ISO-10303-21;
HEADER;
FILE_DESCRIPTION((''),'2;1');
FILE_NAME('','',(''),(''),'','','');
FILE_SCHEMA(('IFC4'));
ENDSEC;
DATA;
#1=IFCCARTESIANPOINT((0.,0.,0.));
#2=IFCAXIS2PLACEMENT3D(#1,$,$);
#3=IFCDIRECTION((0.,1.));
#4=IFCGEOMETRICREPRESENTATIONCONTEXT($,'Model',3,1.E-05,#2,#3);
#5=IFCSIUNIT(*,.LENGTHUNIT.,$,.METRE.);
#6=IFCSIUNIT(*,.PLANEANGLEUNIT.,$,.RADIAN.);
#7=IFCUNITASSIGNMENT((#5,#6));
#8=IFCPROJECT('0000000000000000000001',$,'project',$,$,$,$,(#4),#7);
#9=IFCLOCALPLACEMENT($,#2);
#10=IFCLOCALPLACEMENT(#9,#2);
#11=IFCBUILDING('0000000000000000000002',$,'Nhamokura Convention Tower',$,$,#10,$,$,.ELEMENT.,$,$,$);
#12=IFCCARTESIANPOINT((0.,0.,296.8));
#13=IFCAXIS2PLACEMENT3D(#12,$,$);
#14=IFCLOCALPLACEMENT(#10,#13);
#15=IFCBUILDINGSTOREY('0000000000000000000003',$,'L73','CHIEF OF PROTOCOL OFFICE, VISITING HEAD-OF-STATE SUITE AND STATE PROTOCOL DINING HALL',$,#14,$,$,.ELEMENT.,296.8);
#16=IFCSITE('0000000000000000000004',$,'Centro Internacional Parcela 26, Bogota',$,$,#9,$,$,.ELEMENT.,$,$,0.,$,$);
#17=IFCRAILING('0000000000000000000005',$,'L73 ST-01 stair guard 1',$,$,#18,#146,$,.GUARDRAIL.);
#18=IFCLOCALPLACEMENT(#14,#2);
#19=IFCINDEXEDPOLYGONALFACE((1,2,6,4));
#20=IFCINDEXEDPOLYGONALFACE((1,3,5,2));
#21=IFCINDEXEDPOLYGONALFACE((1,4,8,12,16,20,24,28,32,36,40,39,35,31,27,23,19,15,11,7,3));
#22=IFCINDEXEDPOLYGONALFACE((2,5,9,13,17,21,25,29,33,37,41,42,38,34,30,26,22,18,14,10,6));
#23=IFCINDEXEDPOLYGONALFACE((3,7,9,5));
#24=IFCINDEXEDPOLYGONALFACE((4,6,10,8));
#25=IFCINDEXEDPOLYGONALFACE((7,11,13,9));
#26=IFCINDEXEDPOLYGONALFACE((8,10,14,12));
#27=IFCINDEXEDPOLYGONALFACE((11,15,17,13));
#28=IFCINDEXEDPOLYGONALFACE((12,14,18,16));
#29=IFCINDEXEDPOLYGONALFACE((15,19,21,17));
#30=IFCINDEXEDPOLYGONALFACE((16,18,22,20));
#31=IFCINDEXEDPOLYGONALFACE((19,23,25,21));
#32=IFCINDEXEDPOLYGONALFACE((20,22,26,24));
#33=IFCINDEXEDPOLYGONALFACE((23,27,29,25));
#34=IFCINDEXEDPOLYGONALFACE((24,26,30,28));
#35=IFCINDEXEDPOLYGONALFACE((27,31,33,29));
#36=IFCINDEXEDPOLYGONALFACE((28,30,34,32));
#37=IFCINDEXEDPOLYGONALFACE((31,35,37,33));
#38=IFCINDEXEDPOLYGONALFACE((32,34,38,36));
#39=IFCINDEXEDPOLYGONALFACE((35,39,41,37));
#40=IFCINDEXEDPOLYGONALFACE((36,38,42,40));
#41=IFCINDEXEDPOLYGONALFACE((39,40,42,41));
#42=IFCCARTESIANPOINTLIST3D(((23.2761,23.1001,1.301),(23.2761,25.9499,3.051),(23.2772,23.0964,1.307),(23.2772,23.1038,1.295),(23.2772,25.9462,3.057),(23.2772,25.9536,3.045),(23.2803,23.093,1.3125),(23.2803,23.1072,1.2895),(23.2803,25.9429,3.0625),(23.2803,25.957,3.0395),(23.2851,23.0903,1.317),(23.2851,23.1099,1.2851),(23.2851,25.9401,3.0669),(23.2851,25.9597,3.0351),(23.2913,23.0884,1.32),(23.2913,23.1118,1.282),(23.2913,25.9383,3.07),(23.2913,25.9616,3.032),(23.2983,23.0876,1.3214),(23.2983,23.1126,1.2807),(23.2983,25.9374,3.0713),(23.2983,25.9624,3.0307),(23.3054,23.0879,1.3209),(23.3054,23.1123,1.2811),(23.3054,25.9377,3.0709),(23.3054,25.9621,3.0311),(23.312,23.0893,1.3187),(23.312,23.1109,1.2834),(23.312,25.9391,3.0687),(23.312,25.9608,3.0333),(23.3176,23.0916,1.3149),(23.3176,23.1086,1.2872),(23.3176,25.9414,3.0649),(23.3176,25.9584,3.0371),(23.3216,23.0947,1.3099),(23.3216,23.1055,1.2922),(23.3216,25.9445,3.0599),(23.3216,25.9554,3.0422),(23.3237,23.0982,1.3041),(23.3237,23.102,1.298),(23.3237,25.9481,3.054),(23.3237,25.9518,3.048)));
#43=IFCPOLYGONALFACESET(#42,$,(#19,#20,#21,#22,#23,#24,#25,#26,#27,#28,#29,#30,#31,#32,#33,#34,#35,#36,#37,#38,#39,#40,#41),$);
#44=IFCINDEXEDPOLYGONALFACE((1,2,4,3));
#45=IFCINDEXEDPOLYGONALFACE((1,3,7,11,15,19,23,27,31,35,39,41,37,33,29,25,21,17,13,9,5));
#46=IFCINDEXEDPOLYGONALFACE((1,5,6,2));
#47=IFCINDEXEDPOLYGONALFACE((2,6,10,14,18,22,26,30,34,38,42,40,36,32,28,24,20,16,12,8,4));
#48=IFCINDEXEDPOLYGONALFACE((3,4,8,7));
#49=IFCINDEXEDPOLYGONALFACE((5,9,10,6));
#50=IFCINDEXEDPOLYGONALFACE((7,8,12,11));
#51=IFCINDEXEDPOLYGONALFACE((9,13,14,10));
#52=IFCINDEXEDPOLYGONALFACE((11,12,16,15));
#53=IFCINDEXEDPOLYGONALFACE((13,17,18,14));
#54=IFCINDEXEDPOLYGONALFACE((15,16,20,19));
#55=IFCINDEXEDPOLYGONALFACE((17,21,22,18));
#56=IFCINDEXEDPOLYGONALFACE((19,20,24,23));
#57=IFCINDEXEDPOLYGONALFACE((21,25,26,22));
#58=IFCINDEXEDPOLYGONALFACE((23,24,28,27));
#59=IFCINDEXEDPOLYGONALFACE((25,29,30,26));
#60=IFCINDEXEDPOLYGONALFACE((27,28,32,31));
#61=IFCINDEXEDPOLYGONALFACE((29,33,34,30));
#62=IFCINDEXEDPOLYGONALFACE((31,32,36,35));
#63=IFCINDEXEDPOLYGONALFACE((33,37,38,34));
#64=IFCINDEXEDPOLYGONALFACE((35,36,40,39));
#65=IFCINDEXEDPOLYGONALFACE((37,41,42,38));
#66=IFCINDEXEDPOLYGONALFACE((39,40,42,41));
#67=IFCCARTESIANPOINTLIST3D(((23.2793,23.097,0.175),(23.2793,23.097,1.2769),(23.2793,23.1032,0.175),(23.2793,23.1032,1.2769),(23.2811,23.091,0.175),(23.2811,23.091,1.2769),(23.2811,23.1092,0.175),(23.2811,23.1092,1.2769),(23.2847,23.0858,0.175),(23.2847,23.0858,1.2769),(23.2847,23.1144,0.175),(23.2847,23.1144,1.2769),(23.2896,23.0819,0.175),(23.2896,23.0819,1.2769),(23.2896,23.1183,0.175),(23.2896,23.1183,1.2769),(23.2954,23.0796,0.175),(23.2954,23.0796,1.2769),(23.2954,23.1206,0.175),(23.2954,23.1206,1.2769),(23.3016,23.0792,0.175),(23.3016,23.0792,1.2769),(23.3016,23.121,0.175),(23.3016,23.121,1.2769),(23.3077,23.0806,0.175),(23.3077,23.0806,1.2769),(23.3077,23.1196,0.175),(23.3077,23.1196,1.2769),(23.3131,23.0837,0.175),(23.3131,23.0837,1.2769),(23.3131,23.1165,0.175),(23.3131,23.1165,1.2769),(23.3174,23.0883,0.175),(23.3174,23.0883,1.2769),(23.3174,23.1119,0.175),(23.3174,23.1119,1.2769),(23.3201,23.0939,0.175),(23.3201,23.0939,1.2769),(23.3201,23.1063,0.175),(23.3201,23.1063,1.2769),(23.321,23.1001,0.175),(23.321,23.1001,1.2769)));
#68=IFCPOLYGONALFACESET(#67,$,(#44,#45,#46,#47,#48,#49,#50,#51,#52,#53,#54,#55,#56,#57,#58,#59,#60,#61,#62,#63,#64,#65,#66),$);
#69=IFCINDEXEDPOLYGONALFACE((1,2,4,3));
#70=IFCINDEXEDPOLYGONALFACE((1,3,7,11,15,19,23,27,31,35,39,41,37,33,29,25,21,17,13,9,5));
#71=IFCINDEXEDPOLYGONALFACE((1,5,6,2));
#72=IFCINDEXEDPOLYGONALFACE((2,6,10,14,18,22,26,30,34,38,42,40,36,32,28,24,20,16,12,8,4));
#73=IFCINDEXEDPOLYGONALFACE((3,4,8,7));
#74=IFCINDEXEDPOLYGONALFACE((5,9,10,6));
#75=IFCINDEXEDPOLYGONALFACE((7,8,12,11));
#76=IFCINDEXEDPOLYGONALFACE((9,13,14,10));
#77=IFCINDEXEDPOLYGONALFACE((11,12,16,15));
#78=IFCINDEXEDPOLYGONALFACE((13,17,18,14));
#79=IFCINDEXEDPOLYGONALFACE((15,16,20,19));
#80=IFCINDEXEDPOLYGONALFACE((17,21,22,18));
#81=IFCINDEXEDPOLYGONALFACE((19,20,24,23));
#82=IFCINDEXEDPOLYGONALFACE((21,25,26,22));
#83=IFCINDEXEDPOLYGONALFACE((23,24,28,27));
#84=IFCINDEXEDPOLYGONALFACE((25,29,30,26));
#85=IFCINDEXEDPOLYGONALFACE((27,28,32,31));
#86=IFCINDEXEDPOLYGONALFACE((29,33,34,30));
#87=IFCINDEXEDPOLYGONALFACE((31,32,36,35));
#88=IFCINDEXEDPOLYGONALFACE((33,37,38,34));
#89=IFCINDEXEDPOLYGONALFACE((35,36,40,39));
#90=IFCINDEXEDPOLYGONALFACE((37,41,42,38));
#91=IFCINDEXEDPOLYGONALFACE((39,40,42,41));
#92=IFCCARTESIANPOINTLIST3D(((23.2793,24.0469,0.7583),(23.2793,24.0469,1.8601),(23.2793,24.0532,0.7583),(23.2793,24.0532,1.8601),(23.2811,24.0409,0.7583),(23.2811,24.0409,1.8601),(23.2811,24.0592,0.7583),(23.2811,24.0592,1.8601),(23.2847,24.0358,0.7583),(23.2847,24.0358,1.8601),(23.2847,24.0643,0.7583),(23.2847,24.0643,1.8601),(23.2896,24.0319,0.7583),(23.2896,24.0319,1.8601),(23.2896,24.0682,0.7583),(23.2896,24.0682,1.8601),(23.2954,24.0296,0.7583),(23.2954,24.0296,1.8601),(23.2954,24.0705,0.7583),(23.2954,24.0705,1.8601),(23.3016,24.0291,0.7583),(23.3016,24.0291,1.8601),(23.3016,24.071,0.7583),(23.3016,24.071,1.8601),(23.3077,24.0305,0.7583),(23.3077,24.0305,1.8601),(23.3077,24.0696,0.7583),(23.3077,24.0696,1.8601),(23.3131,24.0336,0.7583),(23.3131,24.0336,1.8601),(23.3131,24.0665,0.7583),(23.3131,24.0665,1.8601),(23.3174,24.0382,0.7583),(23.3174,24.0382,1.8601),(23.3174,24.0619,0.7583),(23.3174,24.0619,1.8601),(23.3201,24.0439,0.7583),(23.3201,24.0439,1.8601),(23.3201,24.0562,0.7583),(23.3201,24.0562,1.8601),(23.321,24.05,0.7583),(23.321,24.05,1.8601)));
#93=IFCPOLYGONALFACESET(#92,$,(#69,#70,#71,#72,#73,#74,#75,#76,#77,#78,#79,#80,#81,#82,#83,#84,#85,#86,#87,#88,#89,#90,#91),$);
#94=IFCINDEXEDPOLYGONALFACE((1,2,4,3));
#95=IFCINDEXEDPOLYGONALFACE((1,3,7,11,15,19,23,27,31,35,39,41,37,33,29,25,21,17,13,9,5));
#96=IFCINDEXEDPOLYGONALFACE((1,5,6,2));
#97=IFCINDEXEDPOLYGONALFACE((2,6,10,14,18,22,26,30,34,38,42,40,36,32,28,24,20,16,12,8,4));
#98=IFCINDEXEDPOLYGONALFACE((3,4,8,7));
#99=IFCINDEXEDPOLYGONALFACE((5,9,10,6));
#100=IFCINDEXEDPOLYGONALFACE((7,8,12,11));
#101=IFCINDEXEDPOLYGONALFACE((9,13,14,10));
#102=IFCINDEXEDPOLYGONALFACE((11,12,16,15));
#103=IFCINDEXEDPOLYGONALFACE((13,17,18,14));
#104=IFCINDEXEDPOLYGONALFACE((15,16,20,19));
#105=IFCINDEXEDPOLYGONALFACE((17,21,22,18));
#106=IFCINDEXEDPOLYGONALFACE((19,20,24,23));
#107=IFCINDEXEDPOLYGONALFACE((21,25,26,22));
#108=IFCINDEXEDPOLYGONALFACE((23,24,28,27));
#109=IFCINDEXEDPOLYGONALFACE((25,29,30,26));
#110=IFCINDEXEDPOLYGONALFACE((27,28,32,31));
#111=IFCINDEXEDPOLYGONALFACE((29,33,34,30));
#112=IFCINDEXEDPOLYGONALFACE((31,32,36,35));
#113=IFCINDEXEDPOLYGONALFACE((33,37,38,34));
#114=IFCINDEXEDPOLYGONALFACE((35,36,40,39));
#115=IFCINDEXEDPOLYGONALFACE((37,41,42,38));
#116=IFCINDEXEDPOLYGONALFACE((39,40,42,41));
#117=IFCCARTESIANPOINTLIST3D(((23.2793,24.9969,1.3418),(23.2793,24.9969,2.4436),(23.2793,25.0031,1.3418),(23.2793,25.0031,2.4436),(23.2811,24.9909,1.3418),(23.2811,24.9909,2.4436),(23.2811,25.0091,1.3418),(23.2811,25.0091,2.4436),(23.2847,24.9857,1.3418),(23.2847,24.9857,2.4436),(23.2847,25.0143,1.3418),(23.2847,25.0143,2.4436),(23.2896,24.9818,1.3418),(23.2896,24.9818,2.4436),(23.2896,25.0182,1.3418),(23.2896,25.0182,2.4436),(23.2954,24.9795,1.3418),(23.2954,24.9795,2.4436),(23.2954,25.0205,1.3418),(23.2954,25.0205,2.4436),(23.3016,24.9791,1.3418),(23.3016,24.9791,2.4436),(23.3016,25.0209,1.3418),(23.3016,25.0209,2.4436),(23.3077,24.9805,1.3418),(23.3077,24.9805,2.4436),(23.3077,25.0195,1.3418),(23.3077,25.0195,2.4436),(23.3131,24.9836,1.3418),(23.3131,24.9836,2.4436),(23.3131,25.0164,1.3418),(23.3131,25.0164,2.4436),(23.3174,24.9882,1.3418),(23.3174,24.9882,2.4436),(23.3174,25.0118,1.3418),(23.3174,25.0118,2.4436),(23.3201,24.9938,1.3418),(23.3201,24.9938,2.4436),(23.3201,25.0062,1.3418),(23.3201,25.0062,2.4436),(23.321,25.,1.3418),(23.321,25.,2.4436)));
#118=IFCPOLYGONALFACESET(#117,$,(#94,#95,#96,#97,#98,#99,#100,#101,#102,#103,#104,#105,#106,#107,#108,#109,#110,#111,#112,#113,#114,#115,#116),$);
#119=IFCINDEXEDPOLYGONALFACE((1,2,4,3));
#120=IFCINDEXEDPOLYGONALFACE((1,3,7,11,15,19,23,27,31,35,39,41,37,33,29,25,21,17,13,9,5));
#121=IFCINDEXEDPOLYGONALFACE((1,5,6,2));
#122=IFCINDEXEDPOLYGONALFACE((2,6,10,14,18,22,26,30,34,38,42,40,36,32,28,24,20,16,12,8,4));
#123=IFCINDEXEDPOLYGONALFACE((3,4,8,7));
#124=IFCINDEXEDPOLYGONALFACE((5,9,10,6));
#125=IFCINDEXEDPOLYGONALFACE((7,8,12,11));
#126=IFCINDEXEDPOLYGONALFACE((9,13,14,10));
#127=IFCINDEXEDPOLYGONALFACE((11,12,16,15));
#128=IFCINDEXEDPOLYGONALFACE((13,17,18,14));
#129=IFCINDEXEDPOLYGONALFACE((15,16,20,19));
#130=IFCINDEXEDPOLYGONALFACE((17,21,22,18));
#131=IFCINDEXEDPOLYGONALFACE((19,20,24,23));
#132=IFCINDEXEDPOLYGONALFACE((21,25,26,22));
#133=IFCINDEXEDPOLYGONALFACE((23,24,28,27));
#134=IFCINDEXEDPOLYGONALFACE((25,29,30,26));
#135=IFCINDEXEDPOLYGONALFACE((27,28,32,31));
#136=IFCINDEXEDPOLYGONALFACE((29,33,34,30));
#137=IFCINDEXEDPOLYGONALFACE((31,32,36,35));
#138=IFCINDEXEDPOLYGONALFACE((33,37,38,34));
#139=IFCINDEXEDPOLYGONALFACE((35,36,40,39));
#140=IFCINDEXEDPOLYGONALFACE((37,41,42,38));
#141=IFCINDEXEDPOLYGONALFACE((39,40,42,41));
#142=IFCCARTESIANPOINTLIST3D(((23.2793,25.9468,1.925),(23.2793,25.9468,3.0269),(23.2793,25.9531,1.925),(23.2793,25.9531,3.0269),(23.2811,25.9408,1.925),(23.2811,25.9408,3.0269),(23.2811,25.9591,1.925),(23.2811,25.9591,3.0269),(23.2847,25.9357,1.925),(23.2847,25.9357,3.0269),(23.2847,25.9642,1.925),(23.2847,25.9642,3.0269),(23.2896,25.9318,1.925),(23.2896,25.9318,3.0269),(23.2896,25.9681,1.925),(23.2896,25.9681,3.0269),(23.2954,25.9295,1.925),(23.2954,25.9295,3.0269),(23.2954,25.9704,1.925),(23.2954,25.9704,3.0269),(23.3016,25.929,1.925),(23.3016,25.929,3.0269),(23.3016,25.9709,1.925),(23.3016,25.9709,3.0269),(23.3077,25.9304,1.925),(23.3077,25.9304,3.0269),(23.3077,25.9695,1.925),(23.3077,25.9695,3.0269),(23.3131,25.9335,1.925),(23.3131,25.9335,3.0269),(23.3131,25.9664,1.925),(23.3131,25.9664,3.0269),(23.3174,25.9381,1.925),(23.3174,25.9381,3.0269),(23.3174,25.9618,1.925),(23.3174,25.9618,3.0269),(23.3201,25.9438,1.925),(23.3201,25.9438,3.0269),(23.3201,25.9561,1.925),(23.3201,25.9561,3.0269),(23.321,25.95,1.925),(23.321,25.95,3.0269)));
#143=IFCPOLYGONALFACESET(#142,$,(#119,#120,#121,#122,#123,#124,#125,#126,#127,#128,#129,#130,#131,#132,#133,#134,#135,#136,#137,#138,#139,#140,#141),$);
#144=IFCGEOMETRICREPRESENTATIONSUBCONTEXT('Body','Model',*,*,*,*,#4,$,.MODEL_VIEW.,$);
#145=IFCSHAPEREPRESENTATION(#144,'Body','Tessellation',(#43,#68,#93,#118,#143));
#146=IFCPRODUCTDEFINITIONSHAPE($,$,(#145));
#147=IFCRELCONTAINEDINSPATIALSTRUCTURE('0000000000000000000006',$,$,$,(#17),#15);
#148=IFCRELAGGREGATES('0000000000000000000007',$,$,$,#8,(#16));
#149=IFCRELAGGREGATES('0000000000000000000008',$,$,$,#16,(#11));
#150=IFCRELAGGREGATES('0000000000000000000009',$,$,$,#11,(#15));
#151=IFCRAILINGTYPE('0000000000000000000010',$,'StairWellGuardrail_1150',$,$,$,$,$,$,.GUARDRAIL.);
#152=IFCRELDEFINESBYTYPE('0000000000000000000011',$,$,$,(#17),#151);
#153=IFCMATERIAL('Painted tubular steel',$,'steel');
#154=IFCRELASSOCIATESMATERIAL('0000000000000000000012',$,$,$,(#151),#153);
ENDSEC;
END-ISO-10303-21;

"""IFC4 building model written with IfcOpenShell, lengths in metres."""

from ifc_helpers import new_model, si_unit, direction, frame, origin, origin_2d, place, context, subcontext, project, spatial, circle, extrude, material, type_object, element, save


model = new_model("IFC4")

# Units and contexts
model_context = context("Model", 3, precision=1e-05, world=origin(), true_north=direction((0.0, 1.0)))
body_context = subcontext(model_context, "Body", "Model", "MODEL_VIEW")
ifc_project = project(units=[si_unit("LENGTHUNIT", "METRE"), si_unit("PLANEANGLEUNIT", "RADIAN")], contexts=[model_context])

# Site, building, storey
site_placement = place(None, origin())
site = spatial("IfcSite", under=ifc_project, at=site_placement, Name="Centro Internacional Parcela 26, Bogota", CompositionType="ELEMENT", RefElevation=0.0)
building_placement = place(site_placement, origin())
building = spatial("IfcBuilding", under=site, at=building_placement, Name="Nhamokura Convention Tower", CompositionType="ELEMENT")
storey_placement = place(building_placement, frame((0.0, 0.0, 296.8)))
storey = spatial("IfcBuildingStorey", under=building, at=storey_placement, Name="L73", Description="CHIEF OF PROTOCOL OFFICE, VISITING HEAD-OF-STATE SUITE AND STATE PROTOCOL DINING HALL", CompositionType="ELEMENT", Elevation=296.8)

# Railing
ifc_material_1 = material(Name="Painted tubular steel", Category="steel")
railing_type_1 = type_object("IfcRailingType", Name="StairWellGuardrail_1150", PredefinedType="GUARDRAIL", material=ifc_material_1)
railing_1_placement = place(storey_placement, frame((23.3, 23.1001, 0.175)))
element("IfcRailing", 1, at=railing_1_placement, inside=storey, type_object=railing_type_1, Name="L73 ST-01 stair guard 1", PredefinedType="GUARDRAIL", context=body_context, shape_type="SweptSolid", body=[
    extrude(circle(Radius=0.0239, at=origin_2d()), frame((0.0, 0.0, 1.126), z_axis=(0.0, 0.852159, 0.523283), x_axis=(-1.0, 0.0, 0.0)), (0.0, 0.0, 1.0), 3.3442),
    extrude(circle(Radius=0.021, at=origin_2d()), origin(), (0.0, 0.0, 1.0), 1.1018),
    extrude(circle(Radius=0.021, at=origin_2d()), frame((0.0, 0.95, 0.5833)), (0.0, 0.0, 1.0), 1.1018),
    extrude(circle(Radius=0.021, at=origin_2d()), frame((0.0, 1.8999, 1.1667)), (0.0, 0.0, 1.0), 1.1018),
    extrude(circle(Radius=0.021, at=origin_2d()), frame((0.0, 2.8499, 1.75)), (0.0, 0.0, 1.0), 1.1018),
])

save(model, "model.ifc")
